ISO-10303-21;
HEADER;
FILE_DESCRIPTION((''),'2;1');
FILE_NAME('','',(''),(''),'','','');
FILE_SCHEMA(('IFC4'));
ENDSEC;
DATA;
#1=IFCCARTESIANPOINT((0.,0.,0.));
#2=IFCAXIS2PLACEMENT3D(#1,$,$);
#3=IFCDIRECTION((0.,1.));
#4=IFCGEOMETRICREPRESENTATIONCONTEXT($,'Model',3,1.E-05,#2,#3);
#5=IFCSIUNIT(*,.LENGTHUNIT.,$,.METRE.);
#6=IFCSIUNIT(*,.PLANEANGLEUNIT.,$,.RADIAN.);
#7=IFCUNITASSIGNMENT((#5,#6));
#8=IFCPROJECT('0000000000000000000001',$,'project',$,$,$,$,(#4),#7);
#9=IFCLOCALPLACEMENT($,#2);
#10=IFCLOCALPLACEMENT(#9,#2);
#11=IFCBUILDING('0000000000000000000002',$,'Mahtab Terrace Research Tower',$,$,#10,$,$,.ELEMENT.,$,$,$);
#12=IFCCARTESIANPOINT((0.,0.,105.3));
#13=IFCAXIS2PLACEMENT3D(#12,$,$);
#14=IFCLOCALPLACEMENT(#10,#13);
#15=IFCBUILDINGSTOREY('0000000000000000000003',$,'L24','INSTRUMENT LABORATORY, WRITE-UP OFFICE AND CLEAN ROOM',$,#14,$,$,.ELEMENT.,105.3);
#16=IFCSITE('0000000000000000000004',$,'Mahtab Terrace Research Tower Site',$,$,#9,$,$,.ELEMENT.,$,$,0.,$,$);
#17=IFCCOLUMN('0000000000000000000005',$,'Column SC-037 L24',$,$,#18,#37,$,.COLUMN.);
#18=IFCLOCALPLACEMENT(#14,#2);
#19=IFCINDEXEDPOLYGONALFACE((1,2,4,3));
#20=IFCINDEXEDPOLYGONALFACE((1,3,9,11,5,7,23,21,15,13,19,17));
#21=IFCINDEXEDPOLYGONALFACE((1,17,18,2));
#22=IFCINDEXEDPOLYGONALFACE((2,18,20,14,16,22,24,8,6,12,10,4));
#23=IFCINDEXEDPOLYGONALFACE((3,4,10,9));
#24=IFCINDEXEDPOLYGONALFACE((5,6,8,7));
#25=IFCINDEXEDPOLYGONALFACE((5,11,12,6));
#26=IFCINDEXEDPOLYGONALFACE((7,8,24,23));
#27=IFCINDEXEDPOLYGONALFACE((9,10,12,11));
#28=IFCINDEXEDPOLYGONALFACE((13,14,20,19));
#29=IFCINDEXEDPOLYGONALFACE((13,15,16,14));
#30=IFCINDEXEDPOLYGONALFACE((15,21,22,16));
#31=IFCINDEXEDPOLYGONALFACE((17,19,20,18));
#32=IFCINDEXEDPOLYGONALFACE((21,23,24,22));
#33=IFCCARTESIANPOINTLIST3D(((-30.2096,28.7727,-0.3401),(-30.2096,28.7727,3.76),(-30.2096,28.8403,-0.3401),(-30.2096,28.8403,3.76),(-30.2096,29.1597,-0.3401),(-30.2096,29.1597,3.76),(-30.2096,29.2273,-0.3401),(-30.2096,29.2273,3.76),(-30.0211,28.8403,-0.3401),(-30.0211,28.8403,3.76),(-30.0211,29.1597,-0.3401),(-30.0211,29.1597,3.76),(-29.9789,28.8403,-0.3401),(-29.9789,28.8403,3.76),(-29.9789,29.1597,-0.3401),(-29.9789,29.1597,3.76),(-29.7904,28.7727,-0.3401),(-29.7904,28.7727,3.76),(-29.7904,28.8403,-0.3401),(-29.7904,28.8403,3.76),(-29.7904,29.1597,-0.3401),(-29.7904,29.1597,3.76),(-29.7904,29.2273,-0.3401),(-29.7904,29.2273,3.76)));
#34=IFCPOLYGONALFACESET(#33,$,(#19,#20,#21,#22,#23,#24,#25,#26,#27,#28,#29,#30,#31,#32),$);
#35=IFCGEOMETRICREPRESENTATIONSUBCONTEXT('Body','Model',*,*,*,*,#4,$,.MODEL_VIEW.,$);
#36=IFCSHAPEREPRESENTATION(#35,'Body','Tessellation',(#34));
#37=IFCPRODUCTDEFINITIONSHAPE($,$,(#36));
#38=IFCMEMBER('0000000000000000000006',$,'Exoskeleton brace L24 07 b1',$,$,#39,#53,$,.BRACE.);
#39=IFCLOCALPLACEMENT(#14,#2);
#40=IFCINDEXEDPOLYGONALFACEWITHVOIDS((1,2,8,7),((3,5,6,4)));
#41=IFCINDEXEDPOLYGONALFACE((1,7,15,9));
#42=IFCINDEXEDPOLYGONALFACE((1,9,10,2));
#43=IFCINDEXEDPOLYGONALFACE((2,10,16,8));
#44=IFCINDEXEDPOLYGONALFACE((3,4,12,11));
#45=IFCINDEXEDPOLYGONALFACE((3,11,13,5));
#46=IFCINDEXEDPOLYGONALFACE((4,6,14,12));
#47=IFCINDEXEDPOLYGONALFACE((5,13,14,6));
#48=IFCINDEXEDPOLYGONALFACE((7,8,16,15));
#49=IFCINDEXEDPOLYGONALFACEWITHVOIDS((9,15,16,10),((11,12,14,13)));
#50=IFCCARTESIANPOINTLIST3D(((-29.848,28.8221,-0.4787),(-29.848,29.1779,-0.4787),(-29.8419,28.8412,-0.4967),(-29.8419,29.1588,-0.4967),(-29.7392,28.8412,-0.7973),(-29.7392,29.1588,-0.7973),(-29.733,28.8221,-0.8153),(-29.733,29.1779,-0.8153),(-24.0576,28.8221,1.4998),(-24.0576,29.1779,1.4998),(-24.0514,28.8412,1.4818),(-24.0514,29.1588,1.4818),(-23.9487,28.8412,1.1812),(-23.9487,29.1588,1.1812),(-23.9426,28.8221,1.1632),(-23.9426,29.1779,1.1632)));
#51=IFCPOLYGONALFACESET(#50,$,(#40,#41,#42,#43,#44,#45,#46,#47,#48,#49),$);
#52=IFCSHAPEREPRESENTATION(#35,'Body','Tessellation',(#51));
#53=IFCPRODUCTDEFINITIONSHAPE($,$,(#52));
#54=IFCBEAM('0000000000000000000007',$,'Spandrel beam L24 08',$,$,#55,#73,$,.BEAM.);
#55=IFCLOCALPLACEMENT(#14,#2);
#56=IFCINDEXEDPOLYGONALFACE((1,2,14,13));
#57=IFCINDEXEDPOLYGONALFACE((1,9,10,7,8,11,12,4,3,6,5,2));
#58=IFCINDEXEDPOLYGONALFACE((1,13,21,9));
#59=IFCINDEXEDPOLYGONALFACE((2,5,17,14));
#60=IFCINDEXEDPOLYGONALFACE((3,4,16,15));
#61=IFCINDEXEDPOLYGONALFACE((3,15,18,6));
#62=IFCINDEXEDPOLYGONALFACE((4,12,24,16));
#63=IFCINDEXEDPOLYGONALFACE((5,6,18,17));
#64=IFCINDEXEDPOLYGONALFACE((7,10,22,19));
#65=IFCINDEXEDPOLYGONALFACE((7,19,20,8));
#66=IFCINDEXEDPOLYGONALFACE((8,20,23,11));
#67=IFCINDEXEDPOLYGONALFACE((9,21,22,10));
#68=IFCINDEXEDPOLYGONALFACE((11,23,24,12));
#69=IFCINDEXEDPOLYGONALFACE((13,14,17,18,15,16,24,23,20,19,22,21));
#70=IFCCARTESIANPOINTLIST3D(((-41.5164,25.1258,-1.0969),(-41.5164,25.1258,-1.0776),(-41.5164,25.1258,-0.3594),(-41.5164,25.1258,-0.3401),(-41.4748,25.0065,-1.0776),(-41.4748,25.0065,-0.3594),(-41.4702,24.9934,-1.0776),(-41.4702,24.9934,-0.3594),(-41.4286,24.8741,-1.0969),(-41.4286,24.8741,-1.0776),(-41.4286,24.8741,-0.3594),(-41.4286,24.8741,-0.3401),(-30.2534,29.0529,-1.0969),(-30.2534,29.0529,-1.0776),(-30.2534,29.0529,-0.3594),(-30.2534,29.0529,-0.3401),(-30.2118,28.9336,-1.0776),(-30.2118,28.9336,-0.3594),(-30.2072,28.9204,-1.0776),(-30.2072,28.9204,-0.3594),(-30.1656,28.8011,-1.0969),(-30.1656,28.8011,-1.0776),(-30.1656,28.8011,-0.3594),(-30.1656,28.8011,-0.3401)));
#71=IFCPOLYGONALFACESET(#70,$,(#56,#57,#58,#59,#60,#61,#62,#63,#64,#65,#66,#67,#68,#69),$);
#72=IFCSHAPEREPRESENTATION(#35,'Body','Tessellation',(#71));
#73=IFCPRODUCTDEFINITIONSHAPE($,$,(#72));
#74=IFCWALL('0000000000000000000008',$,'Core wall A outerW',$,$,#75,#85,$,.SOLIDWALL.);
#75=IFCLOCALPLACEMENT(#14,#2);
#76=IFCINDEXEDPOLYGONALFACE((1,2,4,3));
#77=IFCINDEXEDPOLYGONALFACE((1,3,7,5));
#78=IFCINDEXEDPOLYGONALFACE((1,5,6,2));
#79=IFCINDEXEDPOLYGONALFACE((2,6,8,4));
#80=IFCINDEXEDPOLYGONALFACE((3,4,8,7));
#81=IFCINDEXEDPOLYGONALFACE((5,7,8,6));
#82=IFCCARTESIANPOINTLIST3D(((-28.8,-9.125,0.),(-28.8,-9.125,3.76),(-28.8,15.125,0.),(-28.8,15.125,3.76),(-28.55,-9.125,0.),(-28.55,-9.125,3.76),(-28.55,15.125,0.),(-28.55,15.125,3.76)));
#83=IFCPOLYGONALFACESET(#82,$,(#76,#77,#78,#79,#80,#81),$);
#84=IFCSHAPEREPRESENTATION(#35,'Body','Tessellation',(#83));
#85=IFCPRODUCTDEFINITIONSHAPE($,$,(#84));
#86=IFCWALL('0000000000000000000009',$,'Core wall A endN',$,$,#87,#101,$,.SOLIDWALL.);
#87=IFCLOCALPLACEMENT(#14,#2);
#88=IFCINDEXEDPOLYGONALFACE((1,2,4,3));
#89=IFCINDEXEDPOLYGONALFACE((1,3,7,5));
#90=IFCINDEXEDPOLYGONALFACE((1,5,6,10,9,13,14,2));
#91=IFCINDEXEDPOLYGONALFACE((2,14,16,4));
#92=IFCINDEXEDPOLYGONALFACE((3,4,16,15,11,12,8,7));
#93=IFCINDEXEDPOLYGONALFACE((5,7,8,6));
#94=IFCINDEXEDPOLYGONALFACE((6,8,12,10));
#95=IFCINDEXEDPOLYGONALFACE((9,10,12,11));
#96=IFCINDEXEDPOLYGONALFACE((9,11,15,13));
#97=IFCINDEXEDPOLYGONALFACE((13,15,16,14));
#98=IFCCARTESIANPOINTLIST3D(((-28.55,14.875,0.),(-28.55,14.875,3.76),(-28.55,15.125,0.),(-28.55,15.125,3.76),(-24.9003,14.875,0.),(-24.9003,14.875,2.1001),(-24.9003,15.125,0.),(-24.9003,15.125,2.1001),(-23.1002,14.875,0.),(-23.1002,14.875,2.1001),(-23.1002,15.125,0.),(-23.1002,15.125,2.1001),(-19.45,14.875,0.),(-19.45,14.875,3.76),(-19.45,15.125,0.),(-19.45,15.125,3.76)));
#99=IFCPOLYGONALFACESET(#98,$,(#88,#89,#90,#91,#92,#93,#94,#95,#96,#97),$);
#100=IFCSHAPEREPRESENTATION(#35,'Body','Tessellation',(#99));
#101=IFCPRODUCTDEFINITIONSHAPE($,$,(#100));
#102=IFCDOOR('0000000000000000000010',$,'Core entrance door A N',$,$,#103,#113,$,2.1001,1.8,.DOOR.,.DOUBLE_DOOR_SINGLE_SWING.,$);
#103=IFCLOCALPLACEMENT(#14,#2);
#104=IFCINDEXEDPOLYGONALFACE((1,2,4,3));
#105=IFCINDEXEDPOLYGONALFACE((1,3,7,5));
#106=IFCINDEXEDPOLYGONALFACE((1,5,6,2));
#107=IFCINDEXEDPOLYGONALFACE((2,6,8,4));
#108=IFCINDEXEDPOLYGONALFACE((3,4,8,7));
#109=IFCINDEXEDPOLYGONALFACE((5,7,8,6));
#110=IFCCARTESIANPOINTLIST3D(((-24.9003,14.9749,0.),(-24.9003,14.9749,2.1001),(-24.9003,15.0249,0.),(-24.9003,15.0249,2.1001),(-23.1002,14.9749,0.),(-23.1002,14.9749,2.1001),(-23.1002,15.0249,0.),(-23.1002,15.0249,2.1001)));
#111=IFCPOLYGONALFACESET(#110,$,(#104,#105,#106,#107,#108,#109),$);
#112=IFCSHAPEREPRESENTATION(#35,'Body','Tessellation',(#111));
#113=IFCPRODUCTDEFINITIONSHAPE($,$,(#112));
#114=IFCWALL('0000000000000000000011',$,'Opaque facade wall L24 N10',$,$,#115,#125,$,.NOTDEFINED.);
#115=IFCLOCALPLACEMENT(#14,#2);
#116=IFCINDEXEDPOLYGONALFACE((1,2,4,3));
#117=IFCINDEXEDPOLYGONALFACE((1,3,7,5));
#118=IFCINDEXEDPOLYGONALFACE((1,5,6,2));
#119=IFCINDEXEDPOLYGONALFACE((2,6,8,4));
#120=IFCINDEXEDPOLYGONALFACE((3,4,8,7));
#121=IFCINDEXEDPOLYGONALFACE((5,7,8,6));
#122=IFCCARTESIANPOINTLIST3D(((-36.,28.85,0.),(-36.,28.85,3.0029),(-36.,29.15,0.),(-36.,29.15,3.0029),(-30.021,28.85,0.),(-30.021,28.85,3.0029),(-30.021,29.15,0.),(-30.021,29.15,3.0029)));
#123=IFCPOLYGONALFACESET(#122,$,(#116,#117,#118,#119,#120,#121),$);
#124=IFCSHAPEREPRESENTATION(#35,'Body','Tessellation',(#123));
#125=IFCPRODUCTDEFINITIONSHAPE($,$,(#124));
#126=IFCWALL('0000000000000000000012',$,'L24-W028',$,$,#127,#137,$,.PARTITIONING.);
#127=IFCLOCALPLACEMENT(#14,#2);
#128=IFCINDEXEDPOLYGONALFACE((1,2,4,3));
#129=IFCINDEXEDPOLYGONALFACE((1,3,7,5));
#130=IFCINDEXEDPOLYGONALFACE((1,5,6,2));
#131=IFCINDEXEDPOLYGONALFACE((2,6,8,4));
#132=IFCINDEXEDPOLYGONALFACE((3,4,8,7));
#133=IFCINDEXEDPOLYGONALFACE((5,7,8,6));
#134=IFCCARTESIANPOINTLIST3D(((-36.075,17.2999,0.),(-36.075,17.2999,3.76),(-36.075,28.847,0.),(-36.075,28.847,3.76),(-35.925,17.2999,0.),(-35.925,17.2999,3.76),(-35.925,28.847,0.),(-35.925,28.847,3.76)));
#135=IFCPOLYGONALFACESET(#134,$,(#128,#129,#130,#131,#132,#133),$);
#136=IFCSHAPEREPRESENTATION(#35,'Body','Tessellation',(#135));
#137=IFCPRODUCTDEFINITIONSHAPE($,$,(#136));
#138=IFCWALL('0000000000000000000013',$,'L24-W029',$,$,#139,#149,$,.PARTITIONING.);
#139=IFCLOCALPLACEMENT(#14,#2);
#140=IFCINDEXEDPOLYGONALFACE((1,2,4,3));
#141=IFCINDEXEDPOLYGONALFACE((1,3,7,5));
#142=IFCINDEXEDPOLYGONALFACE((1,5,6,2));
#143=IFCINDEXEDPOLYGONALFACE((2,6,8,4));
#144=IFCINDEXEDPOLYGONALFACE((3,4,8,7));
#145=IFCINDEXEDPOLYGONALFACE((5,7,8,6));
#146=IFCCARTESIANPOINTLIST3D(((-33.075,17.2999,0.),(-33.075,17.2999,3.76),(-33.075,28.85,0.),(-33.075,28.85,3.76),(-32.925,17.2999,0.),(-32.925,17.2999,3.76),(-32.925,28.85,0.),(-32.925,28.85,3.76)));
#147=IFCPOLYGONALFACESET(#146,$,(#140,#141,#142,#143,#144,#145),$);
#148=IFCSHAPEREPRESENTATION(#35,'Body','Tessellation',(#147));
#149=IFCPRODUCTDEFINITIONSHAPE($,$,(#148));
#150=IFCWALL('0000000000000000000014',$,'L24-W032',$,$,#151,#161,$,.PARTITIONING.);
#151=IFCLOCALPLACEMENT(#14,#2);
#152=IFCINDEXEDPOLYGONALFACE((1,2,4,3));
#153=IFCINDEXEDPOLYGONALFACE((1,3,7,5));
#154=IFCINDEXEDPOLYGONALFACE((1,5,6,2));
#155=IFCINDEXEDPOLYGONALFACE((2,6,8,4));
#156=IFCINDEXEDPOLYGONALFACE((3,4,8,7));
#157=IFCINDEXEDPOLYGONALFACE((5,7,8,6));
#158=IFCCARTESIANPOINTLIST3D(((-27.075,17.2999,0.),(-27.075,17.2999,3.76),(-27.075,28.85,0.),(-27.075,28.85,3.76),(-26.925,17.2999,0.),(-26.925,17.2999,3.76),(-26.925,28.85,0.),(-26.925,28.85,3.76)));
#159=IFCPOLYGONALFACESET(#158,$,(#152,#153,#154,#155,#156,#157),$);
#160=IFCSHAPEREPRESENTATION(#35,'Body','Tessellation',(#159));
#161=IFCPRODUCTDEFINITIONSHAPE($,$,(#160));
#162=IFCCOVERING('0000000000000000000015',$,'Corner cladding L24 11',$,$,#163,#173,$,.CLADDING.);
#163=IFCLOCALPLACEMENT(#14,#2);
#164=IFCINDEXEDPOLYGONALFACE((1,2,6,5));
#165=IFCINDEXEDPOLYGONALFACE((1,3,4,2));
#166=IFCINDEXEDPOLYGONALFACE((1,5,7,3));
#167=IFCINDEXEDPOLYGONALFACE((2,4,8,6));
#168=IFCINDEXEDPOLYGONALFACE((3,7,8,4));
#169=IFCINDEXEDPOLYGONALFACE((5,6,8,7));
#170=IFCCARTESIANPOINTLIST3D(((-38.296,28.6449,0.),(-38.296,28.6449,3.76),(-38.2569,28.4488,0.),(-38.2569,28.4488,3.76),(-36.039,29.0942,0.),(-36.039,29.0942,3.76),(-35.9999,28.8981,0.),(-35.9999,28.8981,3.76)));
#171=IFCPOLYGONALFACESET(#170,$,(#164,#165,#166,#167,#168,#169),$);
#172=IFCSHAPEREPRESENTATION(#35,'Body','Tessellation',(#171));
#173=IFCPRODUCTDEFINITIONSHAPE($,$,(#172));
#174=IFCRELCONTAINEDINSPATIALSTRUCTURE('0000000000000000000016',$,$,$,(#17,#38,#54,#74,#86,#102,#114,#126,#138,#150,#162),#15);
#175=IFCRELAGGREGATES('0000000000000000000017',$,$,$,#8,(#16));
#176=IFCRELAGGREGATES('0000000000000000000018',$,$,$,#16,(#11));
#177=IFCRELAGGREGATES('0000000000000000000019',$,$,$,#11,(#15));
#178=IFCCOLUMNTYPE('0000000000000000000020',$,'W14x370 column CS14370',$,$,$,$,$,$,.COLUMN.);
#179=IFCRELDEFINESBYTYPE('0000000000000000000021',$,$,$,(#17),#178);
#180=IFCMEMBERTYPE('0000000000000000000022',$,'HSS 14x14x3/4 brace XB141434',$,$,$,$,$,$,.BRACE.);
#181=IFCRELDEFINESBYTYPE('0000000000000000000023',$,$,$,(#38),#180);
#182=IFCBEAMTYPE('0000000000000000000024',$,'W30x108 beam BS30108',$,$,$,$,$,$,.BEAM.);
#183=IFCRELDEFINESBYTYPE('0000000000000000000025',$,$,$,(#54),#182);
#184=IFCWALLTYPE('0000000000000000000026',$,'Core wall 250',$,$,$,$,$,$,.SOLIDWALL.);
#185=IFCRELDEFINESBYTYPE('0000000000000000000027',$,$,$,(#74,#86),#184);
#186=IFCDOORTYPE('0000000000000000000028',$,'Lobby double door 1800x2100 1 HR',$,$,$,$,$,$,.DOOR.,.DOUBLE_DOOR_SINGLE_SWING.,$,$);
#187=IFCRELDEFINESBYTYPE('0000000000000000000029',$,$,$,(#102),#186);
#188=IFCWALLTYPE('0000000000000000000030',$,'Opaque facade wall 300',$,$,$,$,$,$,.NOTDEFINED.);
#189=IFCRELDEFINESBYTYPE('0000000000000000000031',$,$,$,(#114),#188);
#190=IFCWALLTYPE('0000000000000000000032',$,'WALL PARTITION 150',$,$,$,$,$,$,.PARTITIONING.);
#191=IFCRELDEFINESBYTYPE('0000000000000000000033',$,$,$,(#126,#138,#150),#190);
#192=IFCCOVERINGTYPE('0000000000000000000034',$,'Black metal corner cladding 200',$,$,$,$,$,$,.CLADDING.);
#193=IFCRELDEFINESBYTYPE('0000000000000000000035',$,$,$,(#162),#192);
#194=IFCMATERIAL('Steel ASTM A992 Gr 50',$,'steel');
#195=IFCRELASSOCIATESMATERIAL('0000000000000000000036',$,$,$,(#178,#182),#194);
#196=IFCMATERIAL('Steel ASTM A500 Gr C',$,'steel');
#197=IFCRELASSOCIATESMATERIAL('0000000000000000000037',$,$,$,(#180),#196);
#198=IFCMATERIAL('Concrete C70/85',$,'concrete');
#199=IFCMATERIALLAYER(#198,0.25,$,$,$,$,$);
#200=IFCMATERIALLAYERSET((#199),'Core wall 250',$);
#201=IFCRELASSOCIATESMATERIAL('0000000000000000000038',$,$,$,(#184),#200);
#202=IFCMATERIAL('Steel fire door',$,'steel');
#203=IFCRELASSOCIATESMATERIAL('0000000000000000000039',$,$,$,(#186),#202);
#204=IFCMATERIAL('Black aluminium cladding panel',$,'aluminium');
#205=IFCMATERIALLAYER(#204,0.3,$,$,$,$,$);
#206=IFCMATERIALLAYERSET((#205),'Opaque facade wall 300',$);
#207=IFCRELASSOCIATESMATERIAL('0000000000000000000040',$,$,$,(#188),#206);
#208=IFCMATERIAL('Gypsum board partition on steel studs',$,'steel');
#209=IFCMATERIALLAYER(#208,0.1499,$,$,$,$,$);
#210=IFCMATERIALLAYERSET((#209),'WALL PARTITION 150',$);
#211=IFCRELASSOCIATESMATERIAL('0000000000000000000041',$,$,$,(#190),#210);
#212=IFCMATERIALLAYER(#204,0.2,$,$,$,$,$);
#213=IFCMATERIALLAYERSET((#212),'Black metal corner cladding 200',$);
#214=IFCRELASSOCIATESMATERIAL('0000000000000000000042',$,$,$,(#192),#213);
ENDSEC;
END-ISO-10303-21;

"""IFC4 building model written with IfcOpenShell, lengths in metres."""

from ifc_helpers import new_model, si_unit, direction, frame, frame_2d, origin, origin_2d, place, context, subcontext, project, spatial, rectangle, hollow_rectangle, i_section, extrude, material, layer, layer_set, material_profile, profile_set, type_object, element, fill, save


model = new_model("IFC4")

# Units and contexts
model_context = context("Model", 3, precision=1e-05, world=origin(), true_north=direction((0.0, 1.0)))
body_context = subcontext(model_context, "Body", "Model", "MODEL_VIEW")
ifc_project = project(units=[si_unit("LENGTHUNIT", "METRE"), si_unit("PLANEANGLEUNIT", "RADIAN")], contexts=[model_context])

# Site, building, storey
site_placement = place(None, origin())
site = spatial("IfcSite", under=ifc_project, at=site_placement, Name="Mahtab Terrace Research Tower Site", CompositionType="ELEMENT", RefElevation=0.0)
building_placement = place(site_placement, origin())
building = spatial("IfcBuilding", under=site, at=building_placement, Name="Mahtab Terrace Research Tower", CompositionType="ELEMENT")
storey_placement = place(building_placement, frame((0.0, 0.0, 105.3)))
storey = spatial("IfcBuildingStorey", under=building, at=storey_placement, Name="L24", Description="INSTRUMENT LABORATORY, WRITE-UP OFFICE AND CLEAN ROOM", CompositionType="ELEMENT", Elevation=105.3)

# Column
ifc_material_1 = material(Name="Steel ASTM A992 Gr 50", Category="steel")
ifc_material_profile_1 = material_profile(ifc_material_1, i_section(OverallWidth=0.4192, OverallDepth=0.4546, WebThickness=0.0422, FlangeThickness=0.0676, at=origin_2d()), Name="W14X370")
ifc_profile_set_1 = profile_set([ifc_material_profile_1], Name="Steel ASTM A992 Gr 50")
column_type = type_object("IfcColumnType", Name="W14x370 column CS14370", PredefinedType="COLUMN", material=ifc_profile_set_1)
column_placement = place(storey_placement, frame((-30.0, 29.0, -0.3401), z_axis=(0.0, 0.0, 1.0), x_axis=(1.0, 0.0, 0.0)))
element("IfcColumn", 1, at=column_placement, inside=storey, type_object=column_type, Name="Column SC-037 L24", PredefinedType="COLUMN", context=body_context, shape_type="SweptSolid", body=[
    extrude(i_section(OverallWidth=0.4192, OverallDepth=0.4546, WebThickness=0.0422, FlangeThickness=0.0676, at=origin_2d()), origin(), (0.0, 0.0, 1.0), 4.1001),
])

# Member
ifc_material_2 = material(Name="Steel ASTM A500 Gr C", Category="steel")
ifc_material_profile_2 = material_profile(ifc_material_2, hollow_rectangle(XDim=0.3557, YDim=0.3557, WallThickness=0.019, at=origin_2d()), Name="HSS14X14X3/4")
ifc_profile_set_2 = profile_set([ifc_material_profile_2], Name="Steel ASTM A500 Gr C")
member_type = type_object("IfcMemberType", Name="HSS 14x14x3/4 brace XB141434", PredefinedType="BRACE", material=ifc_profile_set_2)
member_placement = place(storey_placement, frame((-29.7905, 29.0, -0.647), z_axis=(0.946287, 0.0, 0.323329), x_axis=(0.0, 1.0, 0.0)))
element("IfcMember", 2, at=member_placement, inside=storey, type_object=member_type, Name="Exoskeleton brace L24 07 b1", PredefinedType="BRACE", context=body_context, shape_type="SweptSolid", body=[
    extrude(hollow_rectangle(XDim=0.3557, YDim=0.3557, WallThickness=0.019, at=origin_2d()), origin(), (0.0, 0.0, 1.0), 6.1191),
])

# Beam
ifc_material_profile_3 = material_profile(ifc_material_1, i_section(OverallWidth=0.2666, OverallDepth=0.7568, WebThickness=0.0139, FlangeThickness=0.0193, at=origin_2d()), Name="W30X108")
ifc_profile_set_3 = profile_set([ifc_material_profile_3], Name="Steel ASTM A992 Gr 50")
beam_type = type_object("IfcBeamType", Name="W30x108 beam BS30108", PredefinedType="BEAM", material=ifc_profile_set_3)
beam_placement = place(storey_placement, frame((-30.2095, 28.927, -0.7185), z_axis=(-0.944251, -0.329228, 0.0), x_axis=(0.329228, -0.944251, 0.0)))
element("IfcBeam", 3, at=beam_placement, inside=storey, type_object=beam_type, Name="Spandrel beam L24 08", PredefinedType="BEAM", context=body_context, shape_type="SweptSolid", body=[
    extrude(i_section(OverallWidth=0.2666, OverallDepth=0.7568, WebThickness=0.0139, FlangeThickness=0.0193, at=origin_2d()), origin(), (0.0, 0.0, 1.0), 11.928),
])

# Wall
ifc_material_3 = material(Name="Concrete C70/85", Category="concrete")
ifc_layer_1 = layer(ifc_material_3, 0.25)
ifc_layer_set_1 = layer_set([ifc_layer_1], Name="Core wall 250")
wall_type_1 = type_object("IfcWallType", Name="Core wall 250", PredefinedType="SOLIDWALL", material=ifc_layer_set_1)
wall_1_placement = place(storey_placement, frame((-28.675, 15.125, 0.0), z_axis=(0.0, 0.0, 1.0), x_axis=(0.0, -1.0, 0.0)))
element("IfcWall", 4, at=wall_1_placement, inside=storey, type_object=wall_type_1, Name="Core wall A outerW", PredefinedType="SOLIDWALL", context=body_context, shape_type="SweptSolid", body=[
    extrude(rectangle(XDim=24.25, YDim=0.25, at=frame_2d((12.125, 0.0))), origin(), (0.0, 0.0, 1.0), 3.76),
])

# Wall, opening, door
wall_2_placement = place(storey_placement, frame((-28.55, 15.0, 0.0), z_axis=(0.0, 0.0, 1.0), x_axis=(1.0, 0.0, 0.0)))
wall_2 = element("IfcWall", 5, at=wall_2_placement, inside=storey, type_object=wall_type_1, Name="Core wall A endN", PredefinedType="SOLIDWALL", context=body_context, shape_type="SweptSolid", body=[
    extrude(rectangle(XDim=9.1001, YDim=0.25, at=frame_2d((4.55, 0.0))), origin(), (0.0, 0.0, 1.0), 3.76),
])
opening_placement = place(wall_2_placement, frame((3.6499, 0.0, 0.0)))
opening = element("IfcOpeningElement", 6, at=opening_placement, cuts=wall_2, PredefinedType="OPENING", context=body_context, shape_type="SweptSolid", body=[
    extrude(rectangle(XDim=1.8, YDim=2.1001, at=frame_2d((0.8999, 1.05))), frame((0.0, 0.135, 0.0), z_axis=(0.0, -1.0, 0.0), x_axis=(1.0, 0.0, 0.0)), (0.0, 0.0, 1.0), 0.27),
])
ifc_material_4 = material(Name="Steel fire door", Category="steel")
door_type = type_object("IfcDoorType", Name="Lobby double door 1800x2100 1 HR", OperationType="DOUBLE_DOOR_SINGLE_SWING", PredefinedType="DOOR", material=ifc_material_4)
door_placement = place(opening_placement, origin())
door = element("IfcDoor", 7, at=door_placement, inside=storey, type_object=door_type, Name="Core entrance door A N", OperationType="DOUBLE_DOOR_SINGLE_SWING", OverallHeight=2.1001, OverallWidth=1.8, PredefinedType="DOOR", context=body_context, shape_type="SweptSolid", body=[
    extrude(rectangle(XDim=1.8, YDim=2.1001, at=frame_2d((0.8999, 1.05))), frame((0.0, 0.0249, 0.0), z_axis=(0.0, -1.0, 0.0), x_axis=(1.0, 0.0, 0.0)), (0.0, 0.0, 1.0), 0.05),
])
fill(opening, door)

# Walls
ifc_material_5 = material(Name="Black aluminium cladding panel", Category="aluminium")
ifc_layer_2 = layer(ifc_material_5, 0.3)
ifc_layer_set_2 = layer_set([ifc_layer_2], Name="Opaque facade wall 300")
wall_type_2 = type_object("IfcWallType", Name="Opaque facade wall 300", PredefinedType="NOTDEFINED", material=ifc_layer_set_2)
wall_3_placement = place(storey_placement, frame((-30.021, 29.0, 0.0), z_axis=(0.0, 0.0, 1.0), x_axis=(-1.0, 0.0, 0.0)))
element("IfcWall", 8, at=wall_3_placement, inside=storey, type_object=wall_type_2, Name="Opaque facade wall L24 N10", PredefinedType="NOTDEFINED", context=body_context, shape_type="SweptSolid", body=[
    extrude(rectangle(XDim=5.979, YDim=0.3, at=frame_2d((2.9895, 0.0))), origin(), (0.0, 0.0, 1.0), 3.0029),
])
ifc_material_6 = material(Name="Gypsum board partition on steel studs", Category="steel")
ifc_layer_3 = layer(ifc_material_6, 0.1499)
ifc_layer_set_3 = layer_set([ifc_layer_3], Name="WALL PARTITION 150")
wall_type_3 = type_object("IfcWallType", Name="WALL PARTITION 150", PredefinedType="PARTITIONING", material=ifc_layer_set_3)
wall_4_placement = place(storey_placement, frame((-36.0, 17.3, 0.0), z_axis=(0.0, 0.0, 1.0), x_axis=(0.0, 1.0, 0.0)))
element("IfcWall", 9, at=wall_4_placement, inside=storey, type_object=wall_type_3, Name="L24-W028", PredefinedType="PARTITIONING", context=body_context, shape_type="SweptSolid", body=[
    extrude(rectangle(XDim=11.5471, YDim=0.1499, at=frame_2d((5.7734, 0.0))), origin(), (0.0, 0.0, 1.0), 3.76),
])
for number, where, z_axis, x_axis, name in (
    (10, (-33.0, 17.3, 0.0), (0.0, 0.0, 1.0), (0.0, 1.0, 0.0), "L24-W029"),
    (11, (-27.0, 17.3, 0.0), (0.0, 0.0, 1.0), (0.0, 1.0, 0.0), "L24-W032"),
):
    element("IfcWall", number, at=place(storey_placement, frame(where, z_axis=z_axis, x_axis=x_axis)), inside=storey, type_object=wall_type_3, Name=name, PredefinedType="PARTITIONING", context=body_context, shape_type="SweptSolid", body=[
        extrude(rectangle(XDim=11.55, YDim=0.1499, at=frame_2d((5.7749, 0.0))), origin(), (0.0, 0.0, 1.0), 3.76),
    ])

# Covering
ifc_layer_4 = layer(ifc_material_5, 0.2)
ifc_layer_set_4 = layer_set([ifc_layer_4], Name="Black metal corner cladding 200")
covering_type = type_object("IfcCoveringType", Name="Black metal corner cladding 200", PredefinedType="CLADDING", material=ifc_layer_set_4)
for number, where, z_axis, x_axis, name in (
    (12, (-37.1479, 28.7715, 0.0), (0.0, 0.0, 1.0), (-0.980761, -0.195212, 0.0), "Corner cladding L24 11"),
):
    element("IfcCovering", number, at=place(storey_placement, frame(where, z_axis=z_axis, x_axis=x_axis)), inside=storey, type_object=covering_type, Name=name, PredefinedType="CLADDING", context=body_context, shape_type="SweptSolid", body=[
        extrude(rectangle(XDim=2.3013, YDim=0.2, at=origin_2d()), origin(), (0.0, 0.0, 1.0), 3.76),
    ])

save(model, "model.ifc")
